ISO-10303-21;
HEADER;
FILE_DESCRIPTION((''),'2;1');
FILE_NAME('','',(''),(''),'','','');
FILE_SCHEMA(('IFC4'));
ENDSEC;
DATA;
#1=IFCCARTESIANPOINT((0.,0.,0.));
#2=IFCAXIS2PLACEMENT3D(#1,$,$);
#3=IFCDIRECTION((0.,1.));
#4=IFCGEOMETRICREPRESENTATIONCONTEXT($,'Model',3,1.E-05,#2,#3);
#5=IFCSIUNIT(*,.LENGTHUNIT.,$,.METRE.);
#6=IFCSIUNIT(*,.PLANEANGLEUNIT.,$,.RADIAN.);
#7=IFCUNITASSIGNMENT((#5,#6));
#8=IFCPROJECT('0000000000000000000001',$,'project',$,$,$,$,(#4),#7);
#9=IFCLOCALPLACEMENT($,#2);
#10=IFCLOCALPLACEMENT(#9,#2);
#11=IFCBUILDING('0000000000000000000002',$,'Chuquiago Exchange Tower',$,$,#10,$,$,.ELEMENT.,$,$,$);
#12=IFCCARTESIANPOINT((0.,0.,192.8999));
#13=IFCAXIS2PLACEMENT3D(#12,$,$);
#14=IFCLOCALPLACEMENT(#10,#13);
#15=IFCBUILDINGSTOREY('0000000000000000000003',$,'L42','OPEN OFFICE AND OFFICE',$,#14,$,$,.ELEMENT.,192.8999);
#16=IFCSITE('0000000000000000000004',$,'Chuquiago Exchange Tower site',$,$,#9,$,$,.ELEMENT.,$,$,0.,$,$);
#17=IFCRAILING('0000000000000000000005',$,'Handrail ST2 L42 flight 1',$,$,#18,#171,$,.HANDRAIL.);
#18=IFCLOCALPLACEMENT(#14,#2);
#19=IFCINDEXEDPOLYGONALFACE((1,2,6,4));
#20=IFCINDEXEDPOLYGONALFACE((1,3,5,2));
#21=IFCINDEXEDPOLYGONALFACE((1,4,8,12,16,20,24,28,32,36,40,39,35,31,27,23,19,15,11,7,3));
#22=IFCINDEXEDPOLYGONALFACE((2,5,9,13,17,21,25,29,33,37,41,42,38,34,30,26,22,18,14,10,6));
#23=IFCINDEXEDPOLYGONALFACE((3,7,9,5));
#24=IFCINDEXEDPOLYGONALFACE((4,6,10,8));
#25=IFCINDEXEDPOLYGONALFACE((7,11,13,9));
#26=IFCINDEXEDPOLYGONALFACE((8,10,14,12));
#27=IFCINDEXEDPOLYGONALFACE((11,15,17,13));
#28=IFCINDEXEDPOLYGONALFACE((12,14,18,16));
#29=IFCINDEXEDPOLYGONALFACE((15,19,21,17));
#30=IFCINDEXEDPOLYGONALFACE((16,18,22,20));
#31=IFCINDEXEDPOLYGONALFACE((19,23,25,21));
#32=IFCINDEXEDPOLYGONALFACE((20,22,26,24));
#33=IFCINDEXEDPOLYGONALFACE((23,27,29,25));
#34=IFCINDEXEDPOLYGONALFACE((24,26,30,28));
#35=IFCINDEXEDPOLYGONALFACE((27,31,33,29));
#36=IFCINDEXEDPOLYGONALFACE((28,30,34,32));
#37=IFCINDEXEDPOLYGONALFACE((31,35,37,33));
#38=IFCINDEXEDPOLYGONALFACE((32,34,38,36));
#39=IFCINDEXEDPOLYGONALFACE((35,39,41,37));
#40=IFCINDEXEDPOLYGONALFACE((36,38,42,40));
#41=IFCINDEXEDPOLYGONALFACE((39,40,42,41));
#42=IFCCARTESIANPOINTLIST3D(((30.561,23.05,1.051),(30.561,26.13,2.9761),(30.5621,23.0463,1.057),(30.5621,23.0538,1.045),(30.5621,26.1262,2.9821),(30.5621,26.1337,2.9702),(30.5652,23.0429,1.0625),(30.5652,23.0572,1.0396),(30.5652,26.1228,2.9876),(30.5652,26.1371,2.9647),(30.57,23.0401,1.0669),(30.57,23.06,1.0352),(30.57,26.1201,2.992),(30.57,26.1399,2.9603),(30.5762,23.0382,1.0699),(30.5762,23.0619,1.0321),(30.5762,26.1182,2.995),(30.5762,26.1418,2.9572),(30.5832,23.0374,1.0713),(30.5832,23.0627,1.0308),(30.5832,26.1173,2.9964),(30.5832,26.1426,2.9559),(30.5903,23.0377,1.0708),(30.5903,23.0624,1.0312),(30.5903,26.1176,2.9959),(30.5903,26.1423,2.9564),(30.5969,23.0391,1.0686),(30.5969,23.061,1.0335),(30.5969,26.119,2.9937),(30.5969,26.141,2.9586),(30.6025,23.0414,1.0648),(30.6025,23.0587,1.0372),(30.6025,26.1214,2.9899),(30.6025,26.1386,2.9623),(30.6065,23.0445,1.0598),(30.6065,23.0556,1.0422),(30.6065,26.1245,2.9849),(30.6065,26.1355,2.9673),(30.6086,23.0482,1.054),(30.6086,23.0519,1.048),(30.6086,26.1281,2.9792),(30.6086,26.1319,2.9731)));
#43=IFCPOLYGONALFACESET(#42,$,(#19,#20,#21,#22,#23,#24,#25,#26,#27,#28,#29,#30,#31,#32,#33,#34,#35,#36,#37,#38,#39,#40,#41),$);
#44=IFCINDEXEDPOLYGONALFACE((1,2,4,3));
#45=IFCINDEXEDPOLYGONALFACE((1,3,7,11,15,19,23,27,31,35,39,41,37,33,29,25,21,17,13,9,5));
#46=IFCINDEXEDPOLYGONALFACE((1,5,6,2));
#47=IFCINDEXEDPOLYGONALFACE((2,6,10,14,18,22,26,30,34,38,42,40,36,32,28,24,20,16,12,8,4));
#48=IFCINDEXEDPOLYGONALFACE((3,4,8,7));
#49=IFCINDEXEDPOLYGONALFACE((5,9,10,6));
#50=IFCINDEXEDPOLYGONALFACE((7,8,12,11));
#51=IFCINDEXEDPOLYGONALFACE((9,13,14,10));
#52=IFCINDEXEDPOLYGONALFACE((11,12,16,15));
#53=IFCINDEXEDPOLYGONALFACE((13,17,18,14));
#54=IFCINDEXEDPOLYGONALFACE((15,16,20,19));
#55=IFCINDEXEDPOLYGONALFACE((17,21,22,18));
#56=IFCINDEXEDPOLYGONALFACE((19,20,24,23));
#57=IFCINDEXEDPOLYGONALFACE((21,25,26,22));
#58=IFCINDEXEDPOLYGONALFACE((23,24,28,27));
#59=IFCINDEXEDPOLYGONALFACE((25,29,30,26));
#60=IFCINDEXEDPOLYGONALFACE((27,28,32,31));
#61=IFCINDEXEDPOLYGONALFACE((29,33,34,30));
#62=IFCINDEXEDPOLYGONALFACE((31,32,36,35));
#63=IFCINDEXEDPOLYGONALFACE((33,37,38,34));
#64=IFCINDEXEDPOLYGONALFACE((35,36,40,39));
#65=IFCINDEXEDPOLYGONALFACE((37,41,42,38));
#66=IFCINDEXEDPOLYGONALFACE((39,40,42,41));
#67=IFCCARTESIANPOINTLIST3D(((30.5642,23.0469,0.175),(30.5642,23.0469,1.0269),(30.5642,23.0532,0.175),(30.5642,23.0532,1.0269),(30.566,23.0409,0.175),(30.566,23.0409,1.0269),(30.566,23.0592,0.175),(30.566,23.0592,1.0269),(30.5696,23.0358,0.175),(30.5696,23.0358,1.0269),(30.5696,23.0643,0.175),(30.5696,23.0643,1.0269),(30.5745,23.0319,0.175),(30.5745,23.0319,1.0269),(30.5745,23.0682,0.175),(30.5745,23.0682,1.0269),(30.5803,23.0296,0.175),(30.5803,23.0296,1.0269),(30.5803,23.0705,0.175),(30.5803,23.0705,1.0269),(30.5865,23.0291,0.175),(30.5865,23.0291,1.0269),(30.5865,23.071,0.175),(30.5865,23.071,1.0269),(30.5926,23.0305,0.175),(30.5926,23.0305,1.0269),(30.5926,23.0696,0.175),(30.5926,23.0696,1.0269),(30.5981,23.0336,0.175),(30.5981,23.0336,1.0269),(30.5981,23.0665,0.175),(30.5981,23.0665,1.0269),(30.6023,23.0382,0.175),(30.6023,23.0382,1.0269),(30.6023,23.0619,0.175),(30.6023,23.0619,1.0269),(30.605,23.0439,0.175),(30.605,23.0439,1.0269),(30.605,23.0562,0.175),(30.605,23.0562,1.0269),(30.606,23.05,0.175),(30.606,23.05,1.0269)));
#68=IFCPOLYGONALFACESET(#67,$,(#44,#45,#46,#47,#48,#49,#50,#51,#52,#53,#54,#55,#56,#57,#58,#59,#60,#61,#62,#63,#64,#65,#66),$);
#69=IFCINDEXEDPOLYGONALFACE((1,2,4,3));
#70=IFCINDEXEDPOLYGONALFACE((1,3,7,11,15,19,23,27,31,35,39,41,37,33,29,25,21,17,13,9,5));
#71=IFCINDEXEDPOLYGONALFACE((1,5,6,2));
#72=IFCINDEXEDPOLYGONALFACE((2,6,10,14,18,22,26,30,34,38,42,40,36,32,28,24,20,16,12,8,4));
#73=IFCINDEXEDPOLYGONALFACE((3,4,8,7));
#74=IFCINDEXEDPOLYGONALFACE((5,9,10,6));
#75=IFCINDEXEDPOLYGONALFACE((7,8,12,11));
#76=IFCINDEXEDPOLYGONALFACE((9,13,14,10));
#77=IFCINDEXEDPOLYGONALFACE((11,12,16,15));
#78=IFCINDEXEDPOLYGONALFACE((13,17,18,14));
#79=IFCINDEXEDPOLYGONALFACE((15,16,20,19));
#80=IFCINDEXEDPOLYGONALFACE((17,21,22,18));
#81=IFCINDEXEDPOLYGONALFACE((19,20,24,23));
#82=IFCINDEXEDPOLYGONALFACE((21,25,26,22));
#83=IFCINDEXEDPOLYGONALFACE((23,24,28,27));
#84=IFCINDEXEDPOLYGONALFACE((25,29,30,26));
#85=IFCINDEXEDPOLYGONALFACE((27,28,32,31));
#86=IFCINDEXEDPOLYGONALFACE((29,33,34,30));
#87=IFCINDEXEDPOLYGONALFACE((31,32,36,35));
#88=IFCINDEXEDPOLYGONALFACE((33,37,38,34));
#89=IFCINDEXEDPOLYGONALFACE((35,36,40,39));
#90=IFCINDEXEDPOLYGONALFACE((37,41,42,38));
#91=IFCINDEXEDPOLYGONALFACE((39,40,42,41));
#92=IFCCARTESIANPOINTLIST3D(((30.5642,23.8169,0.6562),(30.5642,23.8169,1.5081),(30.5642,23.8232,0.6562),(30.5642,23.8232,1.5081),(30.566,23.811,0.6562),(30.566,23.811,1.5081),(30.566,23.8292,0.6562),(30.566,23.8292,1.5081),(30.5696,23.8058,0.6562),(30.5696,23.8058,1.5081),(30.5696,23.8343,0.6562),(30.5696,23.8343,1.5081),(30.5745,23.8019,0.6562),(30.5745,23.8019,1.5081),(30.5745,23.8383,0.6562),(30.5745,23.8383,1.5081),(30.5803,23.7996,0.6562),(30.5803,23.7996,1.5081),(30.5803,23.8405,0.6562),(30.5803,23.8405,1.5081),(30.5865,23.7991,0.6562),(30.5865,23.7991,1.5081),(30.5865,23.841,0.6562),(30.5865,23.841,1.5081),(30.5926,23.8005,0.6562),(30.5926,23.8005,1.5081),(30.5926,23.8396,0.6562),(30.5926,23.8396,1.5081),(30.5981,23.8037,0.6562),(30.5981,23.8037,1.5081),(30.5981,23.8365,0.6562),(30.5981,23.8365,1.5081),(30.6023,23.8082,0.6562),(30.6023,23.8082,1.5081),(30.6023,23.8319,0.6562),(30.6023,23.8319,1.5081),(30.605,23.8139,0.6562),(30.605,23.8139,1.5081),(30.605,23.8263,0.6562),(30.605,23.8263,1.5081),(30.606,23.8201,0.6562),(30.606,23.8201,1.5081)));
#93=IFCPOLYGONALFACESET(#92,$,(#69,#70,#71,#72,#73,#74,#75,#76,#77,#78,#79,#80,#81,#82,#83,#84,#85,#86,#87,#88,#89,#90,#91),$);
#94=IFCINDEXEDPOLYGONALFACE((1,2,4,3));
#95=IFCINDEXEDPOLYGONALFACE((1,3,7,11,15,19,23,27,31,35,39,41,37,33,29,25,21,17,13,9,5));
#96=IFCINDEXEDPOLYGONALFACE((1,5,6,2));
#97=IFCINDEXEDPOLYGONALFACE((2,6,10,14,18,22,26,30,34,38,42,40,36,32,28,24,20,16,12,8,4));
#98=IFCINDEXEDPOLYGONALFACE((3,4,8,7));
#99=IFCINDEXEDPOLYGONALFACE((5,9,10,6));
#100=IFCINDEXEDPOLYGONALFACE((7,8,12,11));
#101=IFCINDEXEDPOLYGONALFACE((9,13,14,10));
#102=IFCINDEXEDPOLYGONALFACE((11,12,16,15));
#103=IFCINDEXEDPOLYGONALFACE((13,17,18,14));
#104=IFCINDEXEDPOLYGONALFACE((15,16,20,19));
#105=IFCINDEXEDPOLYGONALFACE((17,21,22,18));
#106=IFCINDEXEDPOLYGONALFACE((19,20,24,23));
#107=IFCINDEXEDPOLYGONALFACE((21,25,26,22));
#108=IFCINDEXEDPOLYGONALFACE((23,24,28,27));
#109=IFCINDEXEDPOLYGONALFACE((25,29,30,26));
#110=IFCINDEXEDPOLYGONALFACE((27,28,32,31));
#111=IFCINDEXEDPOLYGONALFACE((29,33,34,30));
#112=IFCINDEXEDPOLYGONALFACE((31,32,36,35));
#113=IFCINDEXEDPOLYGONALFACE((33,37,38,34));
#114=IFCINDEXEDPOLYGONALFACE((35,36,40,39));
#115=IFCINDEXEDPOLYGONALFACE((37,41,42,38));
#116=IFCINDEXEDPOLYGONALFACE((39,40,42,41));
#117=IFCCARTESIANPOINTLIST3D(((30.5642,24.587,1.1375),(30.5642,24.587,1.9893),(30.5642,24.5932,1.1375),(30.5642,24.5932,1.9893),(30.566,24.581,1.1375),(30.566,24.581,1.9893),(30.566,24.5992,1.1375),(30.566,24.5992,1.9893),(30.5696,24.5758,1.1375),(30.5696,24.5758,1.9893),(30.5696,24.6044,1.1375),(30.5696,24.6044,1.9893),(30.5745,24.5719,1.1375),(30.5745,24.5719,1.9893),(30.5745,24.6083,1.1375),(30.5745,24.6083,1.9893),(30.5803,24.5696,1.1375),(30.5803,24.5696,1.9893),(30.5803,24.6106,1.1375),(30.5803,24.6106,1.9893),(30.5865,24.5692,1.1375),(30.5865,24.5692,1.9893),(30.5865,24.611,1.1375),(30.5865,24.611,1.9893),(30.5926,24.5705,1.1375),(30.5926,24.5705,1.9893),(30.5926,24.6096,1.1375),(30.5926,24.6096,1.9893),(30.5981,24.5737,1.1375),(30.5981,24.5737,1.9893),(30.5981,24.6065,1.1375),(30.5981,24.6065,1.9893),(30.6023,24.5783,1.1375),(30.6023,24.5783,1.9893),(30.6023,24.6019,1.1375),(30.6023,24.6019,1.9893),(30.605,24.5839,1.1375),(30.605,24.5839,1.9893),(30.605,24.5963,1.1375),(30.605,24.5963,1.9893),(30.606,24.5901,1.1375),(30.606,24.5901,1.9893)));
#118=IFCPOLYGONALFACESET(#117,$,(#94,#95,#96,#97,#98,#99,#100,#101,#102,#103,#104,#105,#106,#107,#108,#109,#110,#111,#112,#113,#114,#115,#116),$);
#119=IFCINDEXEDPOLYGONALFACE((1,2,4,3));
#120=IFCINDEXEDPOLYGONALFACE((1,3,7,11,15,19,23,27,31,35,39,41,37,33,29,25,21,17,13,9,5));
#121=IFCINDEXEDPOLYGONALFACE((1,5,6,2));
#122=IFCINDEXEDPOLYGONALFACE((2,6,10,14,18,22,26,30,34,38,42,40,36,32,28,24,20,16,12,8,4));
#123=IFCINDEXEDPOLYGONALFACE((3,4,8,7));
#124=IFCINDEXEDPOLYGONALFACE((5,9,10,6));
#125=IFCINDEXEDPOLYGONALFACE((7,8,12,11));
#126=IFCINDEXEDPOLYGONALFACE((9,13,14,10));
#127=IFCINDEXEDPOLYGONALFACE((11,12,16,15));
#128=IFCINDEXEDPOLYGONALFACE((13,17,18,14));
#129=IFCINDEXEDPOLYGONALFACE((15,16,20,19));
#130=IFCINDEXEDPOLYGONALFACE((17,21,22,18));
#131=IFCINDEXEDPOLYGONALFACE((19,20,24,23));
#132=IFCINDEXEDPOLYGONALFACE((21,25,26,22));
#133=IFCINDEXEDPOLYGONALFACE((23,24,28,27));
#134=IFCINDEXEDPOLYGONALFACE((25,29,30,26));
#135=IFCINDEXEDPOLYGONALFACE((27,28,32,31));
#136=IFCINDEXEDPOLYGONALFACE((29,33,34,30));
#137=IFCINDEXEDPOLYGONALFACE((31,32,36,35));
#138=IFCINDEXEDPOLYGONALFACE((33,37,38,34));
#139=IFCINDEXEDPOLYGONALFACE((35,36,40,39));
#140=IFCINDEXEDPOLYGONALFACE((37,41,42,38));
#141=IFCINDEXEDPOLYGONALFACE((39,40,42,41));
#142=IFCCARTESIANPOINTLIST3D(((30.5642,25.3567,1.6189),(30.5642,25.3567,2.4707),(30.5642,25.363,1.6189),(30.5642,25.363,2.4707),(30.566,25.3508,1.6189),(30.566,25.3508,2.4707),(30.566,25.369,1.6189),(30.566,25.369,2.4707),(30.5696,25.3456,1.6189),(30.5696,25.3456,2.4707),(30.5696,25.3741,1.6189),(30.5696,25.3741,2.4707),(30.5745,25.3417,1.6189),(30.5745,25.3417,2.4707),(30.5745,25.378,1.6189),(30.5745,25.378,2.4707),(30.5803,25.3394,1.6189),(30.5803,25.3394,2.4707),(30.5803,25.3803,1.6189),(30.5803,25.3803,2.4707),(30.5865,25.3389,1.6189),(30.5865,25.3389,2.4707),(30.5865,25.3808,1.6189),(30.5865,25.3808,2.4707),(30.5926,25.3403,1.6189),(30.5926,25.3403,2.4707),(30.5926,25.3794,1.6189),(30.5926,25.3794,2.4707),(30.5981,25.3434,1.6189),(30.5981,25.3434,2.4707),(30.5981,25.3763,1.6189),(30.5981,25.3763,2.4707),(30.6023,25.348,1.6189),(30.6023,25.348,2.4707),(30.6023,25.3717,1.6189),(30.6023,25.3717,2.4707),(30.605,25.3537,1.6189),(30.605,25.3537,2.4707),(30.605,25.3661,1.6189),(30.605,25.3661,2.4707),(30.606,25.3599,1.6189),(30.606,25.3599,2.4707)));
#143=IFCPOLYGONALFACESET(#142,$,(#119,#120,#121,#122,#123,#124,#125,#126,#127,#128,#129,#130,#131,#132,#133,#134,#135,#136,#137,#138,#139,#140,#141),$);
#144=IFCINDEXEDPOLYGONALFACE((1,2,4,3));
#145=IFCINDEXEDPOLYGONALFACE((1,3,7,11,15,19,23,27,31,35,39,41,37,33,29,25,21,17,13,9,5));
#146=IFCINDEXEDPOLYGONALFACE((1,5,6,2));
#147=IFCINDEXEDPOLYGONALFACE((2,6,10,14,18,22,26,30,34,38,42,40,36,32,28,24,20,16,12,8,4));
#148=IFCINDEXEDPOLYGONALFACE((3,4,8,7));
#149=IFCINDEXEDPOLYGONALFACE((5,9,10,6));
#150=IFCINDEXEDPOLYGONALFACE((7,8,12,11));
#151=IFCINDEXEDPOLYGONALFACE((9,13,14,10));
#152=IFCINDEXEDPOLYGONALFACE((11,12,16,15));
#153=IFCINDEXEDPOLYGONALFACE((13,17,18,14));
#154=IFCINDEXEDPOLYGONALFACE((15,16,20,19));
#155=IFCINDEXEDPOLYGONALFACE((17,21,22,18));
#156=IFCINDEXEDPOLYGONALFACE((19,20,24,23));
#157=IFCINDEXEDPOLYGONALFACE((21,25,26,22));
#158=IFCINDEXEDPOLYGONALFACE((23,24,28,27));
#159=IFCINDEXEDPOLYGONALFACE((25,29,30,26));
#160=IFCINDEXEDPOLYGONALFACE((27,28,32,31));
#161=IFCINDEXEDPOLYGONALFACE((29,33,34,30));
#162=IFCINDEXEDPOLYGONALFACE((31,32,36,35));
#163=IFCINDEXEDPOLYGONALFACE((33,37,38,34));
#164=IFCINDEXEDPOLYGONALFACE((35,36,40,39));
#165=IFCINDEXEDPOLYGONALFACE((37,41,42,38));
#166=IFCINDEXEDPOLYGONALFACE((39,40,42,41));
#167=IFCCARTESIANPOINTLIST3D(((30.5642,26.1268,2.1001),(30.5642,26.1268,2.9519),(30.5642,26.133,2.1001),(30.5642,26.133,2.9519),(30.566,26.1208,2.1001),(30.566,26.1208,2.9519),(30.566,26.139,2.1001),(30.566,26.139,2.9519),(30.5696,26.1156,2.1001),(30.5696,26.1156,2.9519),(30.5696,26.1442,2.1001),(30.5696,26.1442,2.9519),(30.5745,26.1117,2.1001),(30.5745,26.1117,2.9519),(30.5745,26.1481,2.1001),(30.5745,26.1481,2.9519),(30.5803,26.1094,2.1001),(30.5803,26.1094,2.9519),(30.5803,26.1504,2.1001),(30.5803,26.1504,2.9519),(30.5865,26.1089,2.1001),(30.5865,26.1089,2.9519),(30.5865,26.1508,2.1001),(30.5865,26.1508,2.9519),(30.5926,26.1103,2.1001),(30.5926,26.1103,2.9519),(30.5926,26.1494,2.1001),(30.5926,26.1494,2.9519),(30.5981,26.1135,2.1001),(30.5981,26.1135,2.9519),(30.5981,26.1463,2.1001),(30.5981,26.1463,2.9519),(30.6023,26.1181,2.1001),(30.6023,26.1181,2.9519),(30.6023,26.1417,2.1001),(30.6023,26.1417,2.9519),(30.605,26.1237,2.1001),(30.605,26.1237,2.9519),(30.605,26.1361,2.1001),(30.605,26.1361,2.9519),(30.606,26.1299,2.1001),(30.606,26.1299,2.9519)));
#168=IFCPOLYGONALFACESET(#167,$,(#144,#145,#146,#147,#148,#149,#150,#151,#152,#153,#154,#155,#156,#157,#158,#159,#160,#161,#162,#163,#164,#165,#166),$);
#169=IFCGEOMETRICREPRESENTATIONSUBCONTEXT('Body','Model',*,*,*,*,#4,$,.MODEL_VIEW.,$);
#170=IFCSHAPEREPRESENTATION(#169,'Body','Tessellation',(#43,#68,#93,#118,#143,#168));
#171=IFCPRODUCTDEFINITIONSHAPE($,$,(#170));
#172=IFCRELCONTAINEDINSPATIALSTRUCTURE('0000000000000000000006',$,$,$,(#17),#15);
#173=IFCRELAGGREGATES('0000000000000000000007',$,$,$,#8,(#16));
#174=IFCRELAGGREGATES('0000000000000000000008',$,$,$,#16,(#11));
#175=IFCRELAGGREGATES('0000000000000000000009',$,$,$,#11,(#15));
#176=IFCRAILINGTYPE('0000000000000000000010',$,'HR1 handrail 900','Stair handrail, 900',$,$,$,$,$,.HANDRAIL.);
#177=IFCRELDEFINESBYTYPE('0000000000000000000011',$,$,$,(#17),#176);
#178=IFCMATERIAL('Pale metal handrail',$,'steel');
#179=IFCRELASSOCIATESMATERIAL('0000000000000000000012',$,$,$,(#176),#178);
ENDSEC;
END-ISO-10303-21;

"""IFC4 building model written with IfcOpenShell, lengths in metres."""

from ifc_helpers import new_model, si_unit, direction, frame, origin, origin_2d, place, context, subcontext, project, spatial, circle, extrude, material, type_object, element, save


model = new_model("IFC4")

# Units and contexts
model_context = context("Model", 3, precision=1e-05, world=origin(), true_north=direction((0.0, 1.0)))
body_context = subcontext(model_context, "Body", "Model", "MODEL_VIEW")
ifc_project = project(units=[si_unit("LENGTHUNIT", "METRE"), si_unit("PLANEANGLEUNIT", "RADIAN")], contexts=[model_context])

# Site, building, storey
site_placement = place(None, origin())
site = spatial("IfcSite", under=ifc_project, at=site_placement, Name="Chuquiago Exchange Tower site", CompositionType="ELEMENT", RefElevation=0.0)
building_placement = place(site_placement, origin())
building = spatial("IfcBuilding", under=site, at=building_placement, Name="Chuquiago Exchange Tower", CompositionType="ELEMENT")
storey_placement = place(building_placement, frame((0.0, 0.0, 192.8999)))
storey = spatial("IfcBuildingStorey", under=building, at=storey_placement, Name="L42", Description="OPEN OFFICE AND OFFICE", CompositionType="ELEMENT", Elevation=192.8999)

# Railing
ifc_material_1 = material(Name="Pale metal handrail", Category="steel")
railing_type_1 = type_object("IfcRailingType", Name="HR1 handrail 900", Description="Stair handrail, 900", PredefinedType="HANDRAIL", material=ifc_material_1)
for number, where, name in (
    (1, (30.585, 23.05, 0.175), "Handrail ST2 L42 flight 1"),
):
    element("IfcRailing", number, at=place(storey_placement, frame(where)), inside=storey, type_object=railing_type_1, Name=name, PredefinedType="HANDRAIL", context=body_context, shape_type="SweptSolid", body=[
        extrude(circle(Radius=0.0239, at=origin_2d()), frame((0.0, 0.0, 0.876), z_axis=(0.0, 0.847979, 0.530029), x_axis=(-1.0, 0.0, 0.0)), (0.0, 0.0, 1.0), 3.6321),
        extrude(circle(Radius=0.021, at=origin_2d()), origin(), (0.0, 0.0, 1.0), 0.8518),
        extrude(circle(Radius=0.021, at=origin_2d()), frame((0.0, 0.77, 0.4812)), (0.0, 0.0, 1.0), 0.8518),
        extrude(circle(Radius=0.021, at=origin_2d()), frame((0.0, 1.54, 0.9624)), (0.0, 0.0, 1.0), 0.8518),
        extrude(circle(Radius=0.021, at=origin_2d()), frame((0.0, 2.3098, 1.4438)), (0.0, 0.0, 1.0), 0.8518),
        extrude(circle(Radius=0.021, at=origin_2d()), frame((0.0, 3.0798, 1.925)), (0.0, 0.0, 1.0), 0.8518),
    ])

save(model, "model.ifc")
